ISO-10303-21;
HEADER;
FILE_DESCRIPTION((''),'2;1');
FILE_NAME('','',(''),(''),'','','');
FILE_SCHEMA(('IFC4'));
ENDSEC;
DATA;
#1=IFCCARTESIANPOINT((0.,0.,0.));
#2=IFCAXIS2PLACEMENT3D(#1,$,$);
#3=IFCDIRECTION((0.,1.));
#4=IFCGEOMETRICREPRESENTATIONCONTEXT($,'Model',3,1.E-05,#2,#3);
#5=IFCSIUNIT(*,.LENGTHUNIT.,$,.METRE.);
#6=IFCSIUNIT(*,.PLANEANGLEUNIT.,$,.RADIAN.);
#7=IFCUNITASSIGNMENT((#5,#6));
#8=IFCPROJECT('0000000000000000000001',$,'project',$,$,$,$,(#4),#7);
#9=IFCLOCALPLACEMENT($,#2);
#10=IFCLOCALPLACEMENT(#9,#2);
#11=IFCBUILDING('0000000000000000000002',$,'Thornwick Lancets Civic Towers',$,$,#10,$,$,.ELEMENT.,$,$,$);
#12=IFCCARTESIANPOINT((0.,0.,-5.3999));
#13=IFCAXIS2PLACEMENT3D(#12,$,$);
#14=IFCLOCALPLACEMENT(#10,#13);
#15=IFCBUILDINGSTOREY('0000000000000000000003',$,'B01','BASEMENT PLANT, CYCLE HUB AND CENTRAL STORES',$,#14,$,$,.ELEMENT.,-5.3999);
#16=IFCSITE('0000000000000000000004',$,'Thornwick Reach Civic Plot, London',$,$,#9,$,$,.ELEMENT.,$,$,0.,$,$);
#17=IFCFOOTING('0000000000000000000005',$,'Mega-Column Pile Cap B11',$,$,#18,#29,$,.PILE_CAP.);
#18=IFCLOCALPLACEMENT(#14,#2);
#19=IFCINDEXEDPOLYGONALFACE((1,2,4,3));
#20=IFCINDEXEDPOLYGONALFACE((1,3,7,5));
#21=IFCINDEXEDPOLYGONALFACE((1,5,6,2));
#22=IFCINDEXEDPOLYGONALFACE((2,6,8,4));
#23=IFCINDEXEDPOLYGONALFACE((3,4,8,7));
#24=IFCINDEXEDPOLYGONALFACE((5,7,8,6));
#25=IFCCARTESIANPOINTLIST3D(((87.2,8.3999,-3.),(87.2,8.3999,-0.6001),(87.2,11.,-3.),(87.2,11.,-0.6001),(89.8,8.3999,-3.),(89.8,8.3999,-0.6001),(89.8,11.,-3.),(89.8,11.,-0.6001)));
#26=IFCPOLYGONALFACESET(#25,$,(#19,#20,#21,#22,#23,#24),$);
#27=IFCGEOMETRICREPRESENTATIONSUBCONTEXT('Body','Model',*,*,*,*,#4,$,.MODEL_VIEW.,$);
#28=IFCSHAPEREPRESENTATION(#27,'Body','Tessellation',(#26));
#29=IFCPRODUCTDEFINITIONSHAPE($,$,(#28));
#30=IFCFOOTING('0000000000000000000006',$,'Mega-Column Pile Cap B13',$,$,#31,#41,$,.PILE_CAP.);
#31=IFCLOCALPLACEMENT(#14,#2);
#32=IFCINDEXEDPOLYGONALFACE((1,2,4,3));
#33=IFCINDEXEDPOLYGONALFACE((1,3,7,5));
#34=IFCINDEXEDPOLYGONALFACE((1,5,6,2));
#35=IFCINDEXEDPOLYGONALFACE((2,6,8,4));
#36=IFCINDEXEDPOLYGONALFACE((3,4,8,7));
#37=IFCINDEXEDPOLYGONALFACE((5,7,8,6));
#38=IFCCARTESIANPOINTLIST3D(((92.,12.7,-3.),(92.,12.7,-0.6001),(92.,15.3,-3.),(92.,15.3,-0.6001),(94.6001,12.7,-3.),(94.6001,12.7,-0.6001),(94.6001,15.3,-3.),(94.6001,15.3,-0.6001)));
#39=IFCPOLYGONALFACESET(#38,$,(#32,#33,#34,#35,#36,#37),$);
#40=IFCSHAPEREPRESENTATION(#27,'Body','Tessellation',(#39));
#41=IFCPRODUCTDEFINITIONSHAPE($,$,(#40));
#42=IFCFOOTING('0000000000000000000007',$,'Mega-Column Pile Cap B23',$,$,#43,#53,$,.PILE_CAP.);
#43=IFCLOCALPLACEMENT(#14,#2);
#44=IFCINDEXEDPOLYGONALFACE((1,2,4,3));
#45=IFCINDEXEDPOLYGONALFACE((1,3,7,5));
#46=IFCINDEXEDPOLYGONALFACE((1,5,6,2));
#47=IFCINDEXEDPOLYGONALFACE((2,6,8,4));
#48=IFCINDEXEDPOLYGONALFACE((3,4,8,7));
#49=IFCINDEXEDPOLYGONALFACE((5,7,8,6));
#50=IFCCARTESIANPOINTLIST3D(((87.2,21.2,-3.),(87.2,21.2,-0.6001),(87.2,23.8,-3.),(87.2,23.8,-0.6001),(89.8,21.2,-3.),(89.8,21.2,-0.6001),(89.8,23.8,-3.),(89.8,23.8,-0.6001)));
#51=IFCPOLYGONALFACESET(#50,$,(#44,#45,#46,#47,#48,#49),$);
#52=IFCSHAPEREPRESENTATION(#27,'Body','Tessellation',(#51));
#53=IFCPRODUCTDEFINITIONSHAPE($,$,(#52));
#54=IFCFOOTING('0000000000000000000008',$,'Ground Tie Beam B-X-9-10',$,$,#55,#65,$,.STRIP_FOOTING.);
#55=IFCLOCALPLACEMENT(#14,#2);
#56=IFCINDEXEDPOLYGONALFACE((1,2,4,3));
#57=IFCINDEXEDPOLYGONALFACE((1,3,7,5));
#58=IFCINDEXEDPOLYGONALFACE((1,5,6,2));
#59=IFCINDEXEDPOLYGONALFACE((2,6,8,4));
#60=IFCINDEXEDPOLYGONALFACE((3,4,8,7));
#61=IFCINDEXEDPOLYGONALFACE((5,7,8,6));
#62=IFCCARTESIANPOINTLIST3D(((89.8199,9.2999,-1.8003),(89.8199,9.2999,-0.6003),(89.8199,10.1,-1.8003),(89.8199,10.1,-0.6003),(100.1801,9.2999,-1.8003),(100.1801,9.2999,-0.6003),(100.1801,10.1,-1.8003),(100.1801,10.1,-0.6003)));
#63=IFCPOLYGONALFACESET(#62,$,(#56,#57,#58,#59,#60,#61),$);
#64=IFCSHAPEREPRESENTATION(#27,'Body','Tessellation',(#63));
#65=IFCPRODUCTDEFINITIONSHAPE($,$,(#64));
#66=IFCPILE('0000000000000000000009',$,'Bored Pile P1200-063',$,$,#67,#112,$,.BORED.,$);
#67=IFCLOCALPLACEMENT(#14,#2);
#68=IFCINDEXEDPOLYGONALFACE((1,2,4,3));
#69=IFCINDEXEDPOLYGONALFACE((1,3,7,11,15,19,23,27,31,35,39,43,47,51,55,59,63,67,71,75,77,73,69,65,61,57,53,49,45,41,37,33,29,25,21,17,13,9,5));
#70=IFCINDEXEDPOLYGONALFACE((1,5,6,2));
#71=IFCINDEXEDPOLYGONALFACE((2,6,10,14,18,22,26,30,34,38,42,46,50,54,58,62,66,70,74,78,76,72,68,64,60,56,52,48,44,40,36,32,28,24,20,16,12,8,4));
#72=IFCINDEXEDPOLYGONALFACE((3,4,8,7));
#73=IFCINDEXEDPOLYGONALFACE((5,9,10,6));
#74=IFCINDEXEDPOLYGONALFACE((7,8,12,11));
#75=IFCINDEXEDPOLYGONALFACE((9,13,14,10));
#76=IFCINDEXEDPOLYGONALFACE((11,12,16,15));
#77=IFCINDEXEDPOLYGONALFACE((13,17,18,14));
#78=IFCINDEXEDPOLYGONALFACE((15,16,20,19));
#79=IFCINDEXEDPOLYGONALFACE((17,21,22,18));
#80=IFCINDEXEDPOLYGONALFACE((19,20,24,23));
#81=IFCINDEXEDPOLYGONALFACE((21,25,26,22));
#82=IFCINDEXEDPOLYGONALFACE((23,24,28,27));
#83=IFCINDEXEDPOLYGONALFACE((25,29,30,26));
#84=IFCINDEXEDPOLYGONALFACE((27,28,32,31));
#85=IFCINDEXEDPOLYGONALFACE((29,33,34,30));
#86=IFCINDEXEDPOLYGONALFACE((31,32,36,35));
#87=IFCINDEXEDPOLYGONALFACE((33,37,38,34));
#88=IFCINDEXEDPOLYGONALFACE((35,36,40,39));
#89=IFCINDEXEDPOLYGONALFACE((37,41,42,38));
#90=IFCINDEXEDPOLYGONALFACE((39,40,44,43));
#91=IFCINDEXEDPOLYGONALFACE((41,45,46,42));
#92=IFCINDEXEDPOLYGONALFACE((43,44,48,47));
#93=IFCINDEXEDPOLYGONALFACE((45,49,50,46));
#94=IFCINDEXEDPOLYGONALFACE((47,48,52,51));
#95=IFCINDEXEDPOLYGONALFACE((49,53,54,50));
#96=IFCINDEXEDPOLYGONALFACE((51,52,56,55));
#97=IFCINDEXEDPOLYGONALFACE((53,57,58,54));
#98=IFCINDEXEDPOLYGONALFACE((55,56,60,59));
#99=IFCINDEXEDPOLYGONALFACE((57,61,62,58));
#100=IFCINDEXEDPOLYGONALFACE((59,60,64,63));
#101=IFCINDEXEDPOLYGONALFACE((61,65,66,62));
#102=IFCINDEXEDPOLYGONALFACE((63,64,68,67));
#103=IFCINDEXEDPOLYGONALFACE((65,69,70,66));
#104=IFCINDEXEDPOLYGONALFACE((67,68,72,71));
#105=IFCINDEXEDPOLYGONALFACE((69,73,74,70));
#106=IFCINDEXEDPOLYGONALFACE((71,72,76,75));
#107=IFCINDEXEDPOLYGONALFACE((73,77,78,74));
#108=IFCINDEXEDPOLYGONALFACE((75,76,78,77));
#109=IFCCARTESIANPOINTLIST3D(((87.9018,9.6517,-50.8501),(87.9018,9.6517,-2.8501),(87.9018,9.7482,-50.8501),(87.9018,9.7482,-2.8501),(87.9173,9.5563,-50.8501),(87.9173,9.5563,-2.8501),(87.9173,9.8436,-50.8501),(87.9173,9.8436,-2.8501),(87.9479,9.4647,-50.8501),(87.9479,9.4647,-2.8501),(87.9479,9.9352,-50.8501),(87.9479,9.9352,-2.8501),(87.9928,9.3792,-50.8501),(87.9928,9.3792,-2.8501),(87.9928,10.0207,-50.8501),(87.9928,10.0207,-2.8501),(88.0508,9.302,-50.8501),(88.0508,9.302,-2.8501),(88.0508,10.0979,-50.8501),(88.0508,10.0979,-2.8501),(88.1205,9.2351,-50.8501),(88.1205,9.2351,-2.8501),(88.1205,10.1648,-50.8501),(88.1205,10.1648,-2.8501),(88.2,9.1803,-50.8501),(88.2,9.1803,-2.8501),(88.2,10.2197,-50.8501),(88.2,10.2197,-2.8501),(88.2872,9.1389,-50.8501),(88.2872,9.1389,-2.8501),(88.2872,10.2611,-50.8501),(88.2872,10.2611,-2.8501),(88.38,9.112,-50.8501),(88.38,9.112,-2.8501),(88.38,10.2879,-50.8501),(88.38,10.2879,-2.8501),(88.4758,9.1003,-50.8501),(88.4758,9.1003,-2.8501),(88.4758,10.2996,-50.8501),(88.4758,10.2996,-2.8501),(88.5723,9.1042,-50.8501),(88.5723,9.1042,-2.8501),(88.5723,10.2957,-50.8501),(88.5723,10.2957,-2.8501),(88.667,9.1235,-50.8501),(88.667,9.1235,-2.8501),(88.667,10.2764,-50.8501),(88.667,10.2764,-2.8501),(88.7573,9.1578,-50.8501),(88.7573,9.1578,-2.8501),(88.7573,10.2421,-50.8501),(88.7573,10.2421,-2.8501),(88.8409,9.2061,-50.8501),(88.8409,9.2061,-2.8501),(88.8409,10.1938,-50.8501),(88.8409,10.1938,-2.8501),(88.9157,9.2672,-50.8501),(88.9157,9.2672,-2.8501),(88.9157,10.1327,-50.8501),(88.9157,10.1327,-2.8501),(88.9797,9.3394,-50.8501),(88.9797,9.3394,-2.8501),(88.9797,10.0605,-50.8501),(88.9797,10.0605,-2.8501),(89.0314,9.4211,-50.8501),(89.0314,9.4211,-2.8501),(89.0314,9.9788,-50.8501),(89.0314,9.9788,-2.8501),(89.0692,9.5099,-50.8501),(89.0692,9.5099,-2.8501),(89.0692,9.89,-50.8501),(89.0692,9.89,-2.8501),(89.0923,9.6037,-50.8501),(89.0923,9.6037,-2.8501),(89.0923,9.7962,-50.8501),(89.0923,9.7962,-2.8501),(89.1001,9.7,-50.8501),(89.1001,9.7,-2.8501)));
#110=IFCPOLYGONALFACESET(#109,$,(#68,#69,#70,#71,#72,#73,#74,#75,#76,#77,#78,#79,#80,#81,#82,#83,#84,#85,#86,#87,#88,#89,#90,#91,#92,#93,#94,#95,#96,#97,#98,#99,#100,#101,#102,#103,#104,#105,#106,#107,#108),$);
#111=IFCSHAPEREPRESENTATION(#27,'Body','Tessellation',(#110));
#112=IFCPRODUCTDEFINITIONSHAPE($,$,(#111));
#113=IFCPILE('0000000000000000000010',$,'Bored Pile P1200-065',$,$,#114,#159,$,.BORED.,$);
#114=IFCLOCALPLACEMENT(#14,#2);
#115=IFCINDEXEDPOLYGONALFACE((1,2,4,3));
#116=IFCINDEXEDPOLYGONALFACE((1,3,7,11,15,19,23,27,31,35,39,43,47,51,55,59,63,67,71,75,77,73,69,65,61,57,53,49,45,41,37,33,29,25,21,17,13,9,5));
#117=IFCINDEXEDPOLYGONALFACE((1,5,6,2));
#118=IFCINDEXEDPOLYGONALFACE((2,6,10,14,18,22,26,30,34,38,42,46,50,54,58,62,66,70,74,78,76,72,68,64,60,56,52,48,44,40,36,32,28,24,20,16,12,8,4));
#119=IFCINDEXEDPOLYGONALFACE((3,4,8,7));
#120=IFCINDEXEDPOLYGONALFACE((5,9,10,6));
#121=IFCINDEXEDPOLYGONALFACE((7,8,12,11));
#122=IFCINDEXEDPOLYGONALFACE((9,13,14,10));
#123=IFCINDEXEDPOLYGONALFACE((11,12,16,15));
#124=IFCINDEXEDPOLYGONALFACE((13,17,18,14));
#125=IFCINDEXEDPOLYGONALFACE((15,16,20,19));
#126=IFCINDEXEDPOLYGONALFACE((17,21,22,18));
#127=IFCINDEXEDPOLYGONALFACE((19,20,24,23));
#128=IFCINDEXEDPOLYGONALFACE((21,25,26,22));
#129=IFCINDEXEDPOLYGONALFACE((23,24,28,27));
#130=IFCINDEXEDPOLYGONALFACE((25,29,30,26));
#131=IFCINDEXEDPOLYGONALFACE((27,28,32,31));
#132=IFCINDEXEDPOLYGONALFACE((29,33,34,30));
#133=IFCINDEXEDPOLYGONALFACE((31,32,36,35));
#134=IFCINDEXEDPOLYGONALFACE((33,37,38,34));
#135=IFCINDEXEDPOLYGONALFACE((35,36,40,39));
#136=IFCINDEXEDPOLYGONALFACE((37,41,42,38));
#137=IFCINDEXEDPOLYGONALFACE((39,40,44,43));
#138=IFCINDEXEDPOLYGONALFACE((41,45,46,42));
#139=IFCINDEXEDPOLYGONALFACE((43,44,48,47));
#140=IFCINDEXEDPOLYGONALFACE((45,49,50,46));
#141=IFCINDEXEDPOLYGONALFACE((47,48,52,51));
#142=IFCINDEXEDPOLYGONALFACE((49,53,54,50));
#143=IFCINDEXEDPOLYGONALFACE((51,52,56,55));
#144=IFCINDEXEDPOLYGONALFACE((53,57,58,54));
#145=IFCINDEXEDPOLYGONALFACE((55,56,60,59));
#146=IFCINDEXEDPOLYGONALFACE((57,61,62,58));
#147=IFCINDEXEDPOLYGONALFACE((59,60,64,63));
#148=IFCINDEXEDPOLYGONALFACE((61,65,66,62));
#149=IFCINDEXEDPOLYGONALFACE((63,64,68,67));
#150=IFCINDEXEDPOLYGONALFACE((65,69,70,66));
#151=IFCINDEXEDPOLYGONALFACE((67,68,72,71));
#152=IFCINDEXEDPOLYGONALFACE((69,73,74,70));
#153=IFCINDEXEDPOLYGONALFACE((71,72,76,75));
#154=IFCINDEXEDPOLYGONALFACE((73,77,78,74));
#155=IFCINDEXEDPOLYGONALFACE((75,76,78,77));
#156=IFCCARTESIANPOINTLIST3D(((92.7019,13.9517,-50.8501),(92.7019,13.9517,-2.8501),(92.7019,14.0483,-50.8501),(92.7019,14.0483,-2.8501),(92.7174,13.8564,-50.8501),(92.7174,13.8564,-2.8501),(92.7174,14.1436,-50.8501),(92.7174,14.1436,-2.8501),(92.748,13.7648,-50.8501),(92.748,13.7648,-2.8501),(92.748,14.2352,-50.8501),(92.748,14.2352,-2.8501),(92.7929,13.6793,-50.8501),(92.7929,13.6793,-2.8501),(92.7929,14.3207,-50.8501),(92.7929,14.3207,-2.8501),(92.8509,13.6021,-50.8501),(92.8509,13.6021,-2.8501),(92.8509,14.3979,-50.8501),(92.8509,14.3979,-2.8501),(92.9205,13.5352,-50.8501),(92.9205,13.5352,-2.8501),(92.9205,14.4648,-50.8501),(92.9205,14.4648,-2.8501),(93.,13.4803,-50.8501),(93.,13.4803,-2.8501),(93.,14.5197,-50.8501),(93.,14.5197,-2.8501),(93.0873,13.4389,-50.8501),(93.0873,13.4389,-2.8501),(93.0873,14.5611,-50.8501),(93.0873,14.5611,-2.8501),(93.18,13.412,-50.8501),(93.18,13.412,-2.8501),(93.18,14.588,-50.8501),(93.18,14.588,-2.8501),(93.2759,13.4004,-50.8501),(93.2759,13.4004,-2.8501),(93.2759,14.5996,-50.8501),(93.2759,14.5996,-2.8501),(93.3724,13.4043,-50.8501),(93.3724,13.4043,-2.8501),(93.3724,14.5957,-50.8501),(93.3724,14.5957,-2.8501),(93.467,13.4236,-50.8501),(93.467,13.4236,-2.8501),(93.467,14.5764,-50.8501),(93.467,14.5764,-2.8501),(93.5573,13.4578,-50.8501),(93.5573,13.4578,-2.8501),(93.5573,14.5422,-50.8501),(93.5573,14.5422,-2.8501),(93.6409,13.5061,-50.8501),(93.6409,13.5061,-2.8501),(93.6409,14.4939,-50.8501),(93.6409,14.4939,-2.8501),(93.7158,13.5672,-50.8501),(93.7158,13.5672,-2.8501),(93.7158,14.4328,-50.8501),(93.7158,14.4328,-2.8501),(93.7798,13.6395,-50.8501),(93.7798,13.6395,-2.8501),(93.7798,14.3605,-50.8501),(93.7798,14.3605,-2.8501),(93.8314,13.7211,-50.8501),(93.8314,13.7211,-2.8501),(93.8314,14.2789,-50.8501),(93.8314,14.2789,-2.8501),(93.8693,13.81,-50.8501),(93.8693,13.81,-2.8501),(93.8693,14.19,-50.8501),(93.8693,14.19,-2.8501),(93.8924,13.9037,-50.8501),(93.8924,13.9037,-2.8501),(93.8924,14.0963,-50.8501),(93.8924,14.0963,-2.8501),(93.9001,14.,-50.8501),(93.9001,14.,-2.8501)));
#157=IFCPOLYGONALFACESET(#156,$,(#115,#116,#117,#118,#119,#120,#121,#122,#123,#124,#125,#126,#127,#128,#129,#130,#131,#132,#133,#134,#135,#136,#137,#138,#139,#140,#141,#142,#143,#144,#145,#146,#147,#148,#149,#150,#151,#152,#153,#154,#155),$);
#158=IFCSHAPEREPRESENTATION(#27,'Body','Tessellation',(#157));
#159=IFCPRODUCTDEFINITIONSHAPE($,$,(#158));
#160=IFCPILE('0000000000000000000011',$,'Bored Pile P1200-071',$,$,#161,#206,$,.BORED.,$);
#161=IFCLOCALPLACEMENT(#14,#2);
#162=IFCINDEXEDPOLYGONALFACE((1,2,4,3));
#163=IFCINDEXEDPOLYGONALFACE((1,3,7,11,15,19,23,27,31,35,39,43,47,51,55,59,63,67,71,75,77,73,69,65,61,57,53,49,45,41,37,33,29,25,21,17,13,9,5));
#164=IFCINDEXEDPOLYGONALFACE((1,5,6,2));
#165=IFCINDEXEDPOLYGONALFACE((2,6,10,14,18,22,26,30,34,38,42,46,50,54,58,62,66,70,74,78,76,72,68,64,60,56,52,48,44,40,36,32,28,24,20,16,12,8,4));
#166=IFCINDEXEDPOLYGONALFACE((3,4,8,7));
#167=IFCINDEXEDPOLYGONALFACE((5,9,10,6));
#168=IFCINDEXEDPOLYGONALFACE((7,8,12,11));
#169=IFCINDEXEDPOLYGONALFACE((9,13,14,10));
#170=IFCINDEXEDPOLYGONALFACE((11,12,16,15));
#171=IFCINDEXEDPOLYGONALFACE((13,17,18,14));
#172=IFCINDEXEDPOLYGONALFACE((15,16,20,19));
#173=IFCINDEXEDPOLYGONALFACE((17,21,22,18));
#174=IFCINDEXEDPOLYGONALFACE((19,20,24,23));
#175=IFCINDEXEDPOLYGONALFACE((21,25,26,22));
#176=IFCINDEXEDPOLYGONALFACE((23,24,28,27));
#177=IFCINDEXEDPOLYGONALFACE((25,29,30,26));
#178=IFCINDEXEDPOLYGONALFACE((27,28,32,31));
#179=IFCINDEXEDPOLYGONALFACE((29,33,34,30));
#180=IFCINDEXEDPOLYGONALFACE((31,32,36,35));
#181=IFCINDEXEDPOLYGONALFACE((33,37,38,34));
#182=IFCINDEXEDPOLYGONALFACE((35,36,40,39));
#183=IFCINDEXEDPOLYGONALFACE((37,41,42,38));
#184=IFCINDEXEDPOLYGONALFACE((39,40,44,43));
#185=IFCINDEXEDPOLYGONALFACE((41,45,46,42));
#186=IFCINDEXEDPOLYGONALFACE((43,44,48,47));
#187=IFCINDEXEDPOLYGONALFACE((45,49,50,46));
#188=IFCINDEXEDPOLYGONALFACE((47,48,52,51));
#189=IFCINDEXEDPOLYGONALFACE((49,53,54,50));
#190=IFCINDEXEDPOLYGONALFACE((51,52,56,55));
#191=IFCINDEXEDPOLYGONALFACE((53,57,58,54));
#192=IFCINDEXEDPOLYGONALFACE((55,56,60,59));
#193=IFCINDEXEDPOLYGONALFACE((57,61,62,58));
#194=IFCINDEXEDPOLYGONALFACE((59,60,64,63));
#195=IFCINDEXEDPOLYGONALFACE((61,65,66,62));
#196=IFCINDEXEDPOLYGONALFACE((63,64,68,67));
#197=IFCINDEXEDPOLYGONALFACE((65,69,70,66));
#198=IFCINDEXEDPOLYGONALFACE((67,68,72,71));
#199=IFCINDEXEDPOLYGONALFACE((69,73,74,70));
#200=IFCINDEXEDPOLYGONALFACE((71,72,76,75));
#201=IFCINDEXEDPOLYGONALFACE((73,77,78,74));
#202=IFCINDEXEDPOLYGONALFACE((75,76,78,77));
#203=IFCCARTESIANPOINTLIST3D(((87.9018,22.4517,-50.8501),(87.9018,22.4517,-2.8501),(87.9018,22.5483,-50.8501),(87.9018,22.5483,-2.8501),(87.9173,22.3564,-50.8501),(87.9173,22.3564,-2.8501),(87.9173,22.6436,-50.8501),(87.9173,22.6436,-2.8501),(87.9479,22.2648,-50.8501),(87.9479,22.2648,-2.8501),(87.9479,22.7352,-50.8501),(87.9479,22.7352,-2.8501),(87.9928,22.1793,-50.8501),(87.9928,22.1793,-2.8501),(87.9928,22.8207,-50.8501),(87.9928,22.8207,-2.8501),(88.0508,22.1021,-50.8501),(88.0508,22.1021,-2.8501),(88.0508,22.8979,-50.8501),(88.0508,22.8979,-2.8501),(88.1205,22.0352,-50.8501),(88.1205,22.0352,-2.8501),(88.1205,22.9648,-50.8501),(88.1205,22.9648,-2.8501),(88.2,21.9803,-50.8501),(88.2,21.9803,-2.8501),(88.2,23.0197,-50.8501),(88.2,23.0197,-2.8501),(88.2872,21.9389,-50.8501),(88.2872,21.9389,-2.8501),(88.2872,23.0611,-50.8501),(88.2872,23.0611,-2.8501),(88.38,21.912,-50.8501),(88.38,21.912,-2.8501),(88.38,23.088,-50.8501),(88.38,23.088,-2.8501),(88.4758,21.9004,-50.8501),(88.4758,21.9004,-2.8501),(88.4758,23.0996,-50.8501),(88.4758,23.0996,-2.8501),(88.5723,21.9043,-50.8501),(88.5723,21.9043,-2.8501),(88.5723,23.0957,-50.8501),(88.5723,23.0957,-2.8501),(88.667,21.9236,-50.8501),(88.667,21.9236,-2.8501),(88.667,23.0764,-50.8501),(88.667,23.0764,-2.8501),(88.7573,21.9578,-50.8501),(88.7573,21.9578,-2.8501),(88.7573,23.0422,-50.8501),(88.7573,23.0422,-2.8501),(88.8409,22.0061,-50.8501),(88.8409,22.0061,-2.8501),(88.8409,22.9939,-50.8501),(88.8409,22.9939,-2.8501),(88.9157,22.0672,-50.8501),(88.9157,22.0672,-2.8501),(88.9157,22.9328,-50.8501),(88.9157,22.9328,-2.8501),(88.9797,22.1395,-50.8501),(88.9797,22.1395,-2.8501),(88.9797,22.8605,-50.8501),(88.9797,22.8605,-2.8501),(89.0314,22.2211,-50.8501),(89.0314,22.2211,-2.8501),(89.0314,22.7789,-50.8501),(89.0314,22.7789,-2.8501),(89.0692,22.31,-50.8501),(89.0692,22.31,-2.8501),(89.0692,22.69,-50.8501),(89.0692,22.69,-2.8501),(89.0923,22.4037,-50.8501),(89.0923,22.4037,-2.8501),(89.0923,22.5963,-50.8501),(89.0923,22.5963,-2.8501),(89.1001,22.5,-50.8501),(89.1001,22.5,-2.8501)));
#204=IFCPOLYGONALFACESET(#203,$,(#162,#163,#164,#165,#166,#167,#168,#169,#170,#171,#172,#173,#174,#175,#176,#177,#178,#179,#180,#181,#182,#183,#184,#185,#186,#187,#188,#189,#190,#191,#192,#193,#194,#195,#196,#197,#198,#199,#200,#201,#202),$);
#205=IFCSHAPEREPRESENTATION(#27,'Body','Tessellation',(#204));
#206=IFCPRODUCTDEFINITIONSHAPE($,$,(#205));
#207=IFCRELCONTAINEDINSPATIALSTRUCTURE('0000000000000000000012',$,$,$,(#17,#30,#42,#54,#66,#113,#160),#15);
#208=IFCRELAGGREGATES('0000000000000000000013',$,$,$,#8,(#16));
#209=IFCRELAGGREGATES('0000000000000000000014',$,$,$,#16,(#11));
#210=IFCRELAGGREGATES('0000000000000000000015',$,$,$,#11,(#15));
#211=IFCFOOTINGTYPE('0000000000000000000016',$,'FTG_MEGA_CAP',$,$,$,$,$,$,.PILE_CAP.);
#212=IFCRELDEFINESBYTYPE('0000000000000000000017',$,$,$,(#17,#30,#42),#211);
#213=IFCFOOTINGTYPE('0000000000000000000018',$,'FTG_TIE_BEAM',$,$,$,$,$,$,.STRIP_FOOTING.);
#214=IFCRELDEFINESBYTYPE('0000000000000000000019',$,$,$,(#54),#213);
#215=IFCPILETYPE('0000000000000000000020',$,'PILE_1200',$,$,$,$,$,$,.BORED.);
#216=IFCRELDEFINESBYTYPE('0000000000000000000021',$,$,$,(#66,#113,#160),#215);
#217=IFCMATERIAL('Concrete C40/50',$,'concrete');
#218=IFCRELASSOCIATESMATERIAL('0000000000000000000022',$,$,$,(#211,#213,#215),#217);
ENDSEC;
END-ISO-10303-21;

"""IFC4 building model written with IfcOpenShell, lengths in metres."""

from ifc_helpers import new_model, si_unit, direction, frame, origin, origin_2d, place, context, subcontext, project, spatial, rectangle, circle, extrude, material, material_profile, profile_set, type_object, element, save


model = new_model("IFC4")

# Units and contexts
model_context = context("Model", 3, precision=1e-05, world=origin(), true_north=direction((0.0, 1.0)))
body_context = subcontext(model_context, "Body", "Model", "MODEL_VIEW")
ifc_project = project(units=[si_unit("LENGTHUNIT", "METRE"), si_unit("PLANEANGLEUNIT", "RADIAN")], contexts=[model_context])

# Site, building, storey
site_placement = place(None, origin())
site = spatial("IfcSite", under=ifc_project, at=site_placement, Name="Thornwick Reach Civic Plot, London", CompositionType="ELEMENT", RefElevation=0.0)
building_placement = place(site_placement, origin())
building = spatial("IfcBuilding", under=site, at=building_placement, Name="Thornwick Lancets Civic Towers", CompositionType="ELEMENT")
storey_placement = place(building_placement, frame((0.0, 0.0, -5.3999)))
storey = spatial("IfcBuildingStorey", under=building, at=storey_placement, Name="B01", Description="BASEMENT PLANT, CYCLE HUB AND CENTRAL STORES", CompositionType="ELEMENT", Elevation=-5.3999)

# Footings
ifc_material_1 = material(Name="Concrete C40/50", Category="concrete")
footing_type_1 = type_object("IfcFootingType", Name="FTG_MEGA_CAP", PredefinedType="PILE_CAP", material=ifc_material_1)
for number, where, z_axis, x_axis, name in (
    (1, (88.5, 9.7, -3.0), (0.0, 0.0, 1.0), (1.0, 0.0, 0.0), "Mega-Column Pile Cap B11"),
    (2, (93.3, 14.0, -3.0), (0.0, 0.0, 1.0), (1.0, 0.0, 0.0), "Mega-Column Pile Cap B13"),
    (3, (88.5, 22.5, -3.0), (0.0, 0.0, 1.0), (1.0, 0.0, 0.0), "Mega-Column Pile Cap B23"),
):
    element("IfcFooting", number, at=place(storey_placement, frame(where, z_axis=z_axis, x_axis=x_axis)), inside=storey, type_object=footing_type_1, Name=name, PredefinedType="PILE_CAP", context=body_context, shape_type="SweptSolid", body=[
        extrude(rectangle(XDim=2.6001, YDim=2.6001, at=origin_2d()), origin(), (0.0, 0.0, 1.0), 2.3999),
    ])
footing_type_2 = type_object("IfcFootingType", Name="FTG_TIE_BEAM", PredefinedType="STRIP_FOOTING", material=ifc_material_1)
footing_placement = place(storey_placement, frame((95.0, 9.7, -1.8003), z_axis=(0.0, 0.0, 1.0), x_axis=(1.0, 0.0, 0.0)))
element("IfcFooting", 4, at=footing_placement, inside=storey, type_object=footing_type_2, Name="Ground Tie Beam B-X-9-10", PredefinedType="STRIP_FOOTING", context=body_context, shape_type="SweptSolid", body=[
    extrude(rectangle(XDim=10.3601, YDim=0.8, at=origin_2d()), origin(), (0.0, 0.0, 1.0), 1.2),
])

# Piles
ifc_material_profile_1 = material_profile(ifc_material_1, circle(Radius=0.6001, at=origin_2d()), Name="PILE D1200")
ifc_profile_set_1 = profile_set([ifc_material_profile_1], Name="Concrete C40/50")
pile_type = type_object("IfcPileType", Name="PILE_1200", PredefinedType="BORED", material=ifc_profile_set_1)
for number, where, z_axis, x_axis, name in (
    (5, (88.5, 9.7, -2.8501), (0.0, 0.0, -1.0), (1.0, 0.0, 0.0), "Bored Pile P1200-063"),
    (6, (93.3, 14.0, -2.8501), (0.0, 0.0, -1.0), (1.0, 0.0, 0.0), "Bored Pile P1200-065"),
    (7, (88.5, 22.5, -2.8501), (0.0, 0.0, -1.0), (1.0, 0.0, 0.0), "Bored Pile P1200-071"),
):
    element("IfcPile", number, at=place(storey_placement, frame(where, z_axis=z_axis, x_axis=x_axis)), inside=storey, type_object=pile_type, Name=name, PredefinedType="BORED", context=body_context, shape_type="SweptSolid", body=[
        extrude(circle(Radius=0.6001, at=origin_2d()), origin(), (0.0, 0.0, 1.0), 48.0),
    ])

save(model, "model.ifc")
